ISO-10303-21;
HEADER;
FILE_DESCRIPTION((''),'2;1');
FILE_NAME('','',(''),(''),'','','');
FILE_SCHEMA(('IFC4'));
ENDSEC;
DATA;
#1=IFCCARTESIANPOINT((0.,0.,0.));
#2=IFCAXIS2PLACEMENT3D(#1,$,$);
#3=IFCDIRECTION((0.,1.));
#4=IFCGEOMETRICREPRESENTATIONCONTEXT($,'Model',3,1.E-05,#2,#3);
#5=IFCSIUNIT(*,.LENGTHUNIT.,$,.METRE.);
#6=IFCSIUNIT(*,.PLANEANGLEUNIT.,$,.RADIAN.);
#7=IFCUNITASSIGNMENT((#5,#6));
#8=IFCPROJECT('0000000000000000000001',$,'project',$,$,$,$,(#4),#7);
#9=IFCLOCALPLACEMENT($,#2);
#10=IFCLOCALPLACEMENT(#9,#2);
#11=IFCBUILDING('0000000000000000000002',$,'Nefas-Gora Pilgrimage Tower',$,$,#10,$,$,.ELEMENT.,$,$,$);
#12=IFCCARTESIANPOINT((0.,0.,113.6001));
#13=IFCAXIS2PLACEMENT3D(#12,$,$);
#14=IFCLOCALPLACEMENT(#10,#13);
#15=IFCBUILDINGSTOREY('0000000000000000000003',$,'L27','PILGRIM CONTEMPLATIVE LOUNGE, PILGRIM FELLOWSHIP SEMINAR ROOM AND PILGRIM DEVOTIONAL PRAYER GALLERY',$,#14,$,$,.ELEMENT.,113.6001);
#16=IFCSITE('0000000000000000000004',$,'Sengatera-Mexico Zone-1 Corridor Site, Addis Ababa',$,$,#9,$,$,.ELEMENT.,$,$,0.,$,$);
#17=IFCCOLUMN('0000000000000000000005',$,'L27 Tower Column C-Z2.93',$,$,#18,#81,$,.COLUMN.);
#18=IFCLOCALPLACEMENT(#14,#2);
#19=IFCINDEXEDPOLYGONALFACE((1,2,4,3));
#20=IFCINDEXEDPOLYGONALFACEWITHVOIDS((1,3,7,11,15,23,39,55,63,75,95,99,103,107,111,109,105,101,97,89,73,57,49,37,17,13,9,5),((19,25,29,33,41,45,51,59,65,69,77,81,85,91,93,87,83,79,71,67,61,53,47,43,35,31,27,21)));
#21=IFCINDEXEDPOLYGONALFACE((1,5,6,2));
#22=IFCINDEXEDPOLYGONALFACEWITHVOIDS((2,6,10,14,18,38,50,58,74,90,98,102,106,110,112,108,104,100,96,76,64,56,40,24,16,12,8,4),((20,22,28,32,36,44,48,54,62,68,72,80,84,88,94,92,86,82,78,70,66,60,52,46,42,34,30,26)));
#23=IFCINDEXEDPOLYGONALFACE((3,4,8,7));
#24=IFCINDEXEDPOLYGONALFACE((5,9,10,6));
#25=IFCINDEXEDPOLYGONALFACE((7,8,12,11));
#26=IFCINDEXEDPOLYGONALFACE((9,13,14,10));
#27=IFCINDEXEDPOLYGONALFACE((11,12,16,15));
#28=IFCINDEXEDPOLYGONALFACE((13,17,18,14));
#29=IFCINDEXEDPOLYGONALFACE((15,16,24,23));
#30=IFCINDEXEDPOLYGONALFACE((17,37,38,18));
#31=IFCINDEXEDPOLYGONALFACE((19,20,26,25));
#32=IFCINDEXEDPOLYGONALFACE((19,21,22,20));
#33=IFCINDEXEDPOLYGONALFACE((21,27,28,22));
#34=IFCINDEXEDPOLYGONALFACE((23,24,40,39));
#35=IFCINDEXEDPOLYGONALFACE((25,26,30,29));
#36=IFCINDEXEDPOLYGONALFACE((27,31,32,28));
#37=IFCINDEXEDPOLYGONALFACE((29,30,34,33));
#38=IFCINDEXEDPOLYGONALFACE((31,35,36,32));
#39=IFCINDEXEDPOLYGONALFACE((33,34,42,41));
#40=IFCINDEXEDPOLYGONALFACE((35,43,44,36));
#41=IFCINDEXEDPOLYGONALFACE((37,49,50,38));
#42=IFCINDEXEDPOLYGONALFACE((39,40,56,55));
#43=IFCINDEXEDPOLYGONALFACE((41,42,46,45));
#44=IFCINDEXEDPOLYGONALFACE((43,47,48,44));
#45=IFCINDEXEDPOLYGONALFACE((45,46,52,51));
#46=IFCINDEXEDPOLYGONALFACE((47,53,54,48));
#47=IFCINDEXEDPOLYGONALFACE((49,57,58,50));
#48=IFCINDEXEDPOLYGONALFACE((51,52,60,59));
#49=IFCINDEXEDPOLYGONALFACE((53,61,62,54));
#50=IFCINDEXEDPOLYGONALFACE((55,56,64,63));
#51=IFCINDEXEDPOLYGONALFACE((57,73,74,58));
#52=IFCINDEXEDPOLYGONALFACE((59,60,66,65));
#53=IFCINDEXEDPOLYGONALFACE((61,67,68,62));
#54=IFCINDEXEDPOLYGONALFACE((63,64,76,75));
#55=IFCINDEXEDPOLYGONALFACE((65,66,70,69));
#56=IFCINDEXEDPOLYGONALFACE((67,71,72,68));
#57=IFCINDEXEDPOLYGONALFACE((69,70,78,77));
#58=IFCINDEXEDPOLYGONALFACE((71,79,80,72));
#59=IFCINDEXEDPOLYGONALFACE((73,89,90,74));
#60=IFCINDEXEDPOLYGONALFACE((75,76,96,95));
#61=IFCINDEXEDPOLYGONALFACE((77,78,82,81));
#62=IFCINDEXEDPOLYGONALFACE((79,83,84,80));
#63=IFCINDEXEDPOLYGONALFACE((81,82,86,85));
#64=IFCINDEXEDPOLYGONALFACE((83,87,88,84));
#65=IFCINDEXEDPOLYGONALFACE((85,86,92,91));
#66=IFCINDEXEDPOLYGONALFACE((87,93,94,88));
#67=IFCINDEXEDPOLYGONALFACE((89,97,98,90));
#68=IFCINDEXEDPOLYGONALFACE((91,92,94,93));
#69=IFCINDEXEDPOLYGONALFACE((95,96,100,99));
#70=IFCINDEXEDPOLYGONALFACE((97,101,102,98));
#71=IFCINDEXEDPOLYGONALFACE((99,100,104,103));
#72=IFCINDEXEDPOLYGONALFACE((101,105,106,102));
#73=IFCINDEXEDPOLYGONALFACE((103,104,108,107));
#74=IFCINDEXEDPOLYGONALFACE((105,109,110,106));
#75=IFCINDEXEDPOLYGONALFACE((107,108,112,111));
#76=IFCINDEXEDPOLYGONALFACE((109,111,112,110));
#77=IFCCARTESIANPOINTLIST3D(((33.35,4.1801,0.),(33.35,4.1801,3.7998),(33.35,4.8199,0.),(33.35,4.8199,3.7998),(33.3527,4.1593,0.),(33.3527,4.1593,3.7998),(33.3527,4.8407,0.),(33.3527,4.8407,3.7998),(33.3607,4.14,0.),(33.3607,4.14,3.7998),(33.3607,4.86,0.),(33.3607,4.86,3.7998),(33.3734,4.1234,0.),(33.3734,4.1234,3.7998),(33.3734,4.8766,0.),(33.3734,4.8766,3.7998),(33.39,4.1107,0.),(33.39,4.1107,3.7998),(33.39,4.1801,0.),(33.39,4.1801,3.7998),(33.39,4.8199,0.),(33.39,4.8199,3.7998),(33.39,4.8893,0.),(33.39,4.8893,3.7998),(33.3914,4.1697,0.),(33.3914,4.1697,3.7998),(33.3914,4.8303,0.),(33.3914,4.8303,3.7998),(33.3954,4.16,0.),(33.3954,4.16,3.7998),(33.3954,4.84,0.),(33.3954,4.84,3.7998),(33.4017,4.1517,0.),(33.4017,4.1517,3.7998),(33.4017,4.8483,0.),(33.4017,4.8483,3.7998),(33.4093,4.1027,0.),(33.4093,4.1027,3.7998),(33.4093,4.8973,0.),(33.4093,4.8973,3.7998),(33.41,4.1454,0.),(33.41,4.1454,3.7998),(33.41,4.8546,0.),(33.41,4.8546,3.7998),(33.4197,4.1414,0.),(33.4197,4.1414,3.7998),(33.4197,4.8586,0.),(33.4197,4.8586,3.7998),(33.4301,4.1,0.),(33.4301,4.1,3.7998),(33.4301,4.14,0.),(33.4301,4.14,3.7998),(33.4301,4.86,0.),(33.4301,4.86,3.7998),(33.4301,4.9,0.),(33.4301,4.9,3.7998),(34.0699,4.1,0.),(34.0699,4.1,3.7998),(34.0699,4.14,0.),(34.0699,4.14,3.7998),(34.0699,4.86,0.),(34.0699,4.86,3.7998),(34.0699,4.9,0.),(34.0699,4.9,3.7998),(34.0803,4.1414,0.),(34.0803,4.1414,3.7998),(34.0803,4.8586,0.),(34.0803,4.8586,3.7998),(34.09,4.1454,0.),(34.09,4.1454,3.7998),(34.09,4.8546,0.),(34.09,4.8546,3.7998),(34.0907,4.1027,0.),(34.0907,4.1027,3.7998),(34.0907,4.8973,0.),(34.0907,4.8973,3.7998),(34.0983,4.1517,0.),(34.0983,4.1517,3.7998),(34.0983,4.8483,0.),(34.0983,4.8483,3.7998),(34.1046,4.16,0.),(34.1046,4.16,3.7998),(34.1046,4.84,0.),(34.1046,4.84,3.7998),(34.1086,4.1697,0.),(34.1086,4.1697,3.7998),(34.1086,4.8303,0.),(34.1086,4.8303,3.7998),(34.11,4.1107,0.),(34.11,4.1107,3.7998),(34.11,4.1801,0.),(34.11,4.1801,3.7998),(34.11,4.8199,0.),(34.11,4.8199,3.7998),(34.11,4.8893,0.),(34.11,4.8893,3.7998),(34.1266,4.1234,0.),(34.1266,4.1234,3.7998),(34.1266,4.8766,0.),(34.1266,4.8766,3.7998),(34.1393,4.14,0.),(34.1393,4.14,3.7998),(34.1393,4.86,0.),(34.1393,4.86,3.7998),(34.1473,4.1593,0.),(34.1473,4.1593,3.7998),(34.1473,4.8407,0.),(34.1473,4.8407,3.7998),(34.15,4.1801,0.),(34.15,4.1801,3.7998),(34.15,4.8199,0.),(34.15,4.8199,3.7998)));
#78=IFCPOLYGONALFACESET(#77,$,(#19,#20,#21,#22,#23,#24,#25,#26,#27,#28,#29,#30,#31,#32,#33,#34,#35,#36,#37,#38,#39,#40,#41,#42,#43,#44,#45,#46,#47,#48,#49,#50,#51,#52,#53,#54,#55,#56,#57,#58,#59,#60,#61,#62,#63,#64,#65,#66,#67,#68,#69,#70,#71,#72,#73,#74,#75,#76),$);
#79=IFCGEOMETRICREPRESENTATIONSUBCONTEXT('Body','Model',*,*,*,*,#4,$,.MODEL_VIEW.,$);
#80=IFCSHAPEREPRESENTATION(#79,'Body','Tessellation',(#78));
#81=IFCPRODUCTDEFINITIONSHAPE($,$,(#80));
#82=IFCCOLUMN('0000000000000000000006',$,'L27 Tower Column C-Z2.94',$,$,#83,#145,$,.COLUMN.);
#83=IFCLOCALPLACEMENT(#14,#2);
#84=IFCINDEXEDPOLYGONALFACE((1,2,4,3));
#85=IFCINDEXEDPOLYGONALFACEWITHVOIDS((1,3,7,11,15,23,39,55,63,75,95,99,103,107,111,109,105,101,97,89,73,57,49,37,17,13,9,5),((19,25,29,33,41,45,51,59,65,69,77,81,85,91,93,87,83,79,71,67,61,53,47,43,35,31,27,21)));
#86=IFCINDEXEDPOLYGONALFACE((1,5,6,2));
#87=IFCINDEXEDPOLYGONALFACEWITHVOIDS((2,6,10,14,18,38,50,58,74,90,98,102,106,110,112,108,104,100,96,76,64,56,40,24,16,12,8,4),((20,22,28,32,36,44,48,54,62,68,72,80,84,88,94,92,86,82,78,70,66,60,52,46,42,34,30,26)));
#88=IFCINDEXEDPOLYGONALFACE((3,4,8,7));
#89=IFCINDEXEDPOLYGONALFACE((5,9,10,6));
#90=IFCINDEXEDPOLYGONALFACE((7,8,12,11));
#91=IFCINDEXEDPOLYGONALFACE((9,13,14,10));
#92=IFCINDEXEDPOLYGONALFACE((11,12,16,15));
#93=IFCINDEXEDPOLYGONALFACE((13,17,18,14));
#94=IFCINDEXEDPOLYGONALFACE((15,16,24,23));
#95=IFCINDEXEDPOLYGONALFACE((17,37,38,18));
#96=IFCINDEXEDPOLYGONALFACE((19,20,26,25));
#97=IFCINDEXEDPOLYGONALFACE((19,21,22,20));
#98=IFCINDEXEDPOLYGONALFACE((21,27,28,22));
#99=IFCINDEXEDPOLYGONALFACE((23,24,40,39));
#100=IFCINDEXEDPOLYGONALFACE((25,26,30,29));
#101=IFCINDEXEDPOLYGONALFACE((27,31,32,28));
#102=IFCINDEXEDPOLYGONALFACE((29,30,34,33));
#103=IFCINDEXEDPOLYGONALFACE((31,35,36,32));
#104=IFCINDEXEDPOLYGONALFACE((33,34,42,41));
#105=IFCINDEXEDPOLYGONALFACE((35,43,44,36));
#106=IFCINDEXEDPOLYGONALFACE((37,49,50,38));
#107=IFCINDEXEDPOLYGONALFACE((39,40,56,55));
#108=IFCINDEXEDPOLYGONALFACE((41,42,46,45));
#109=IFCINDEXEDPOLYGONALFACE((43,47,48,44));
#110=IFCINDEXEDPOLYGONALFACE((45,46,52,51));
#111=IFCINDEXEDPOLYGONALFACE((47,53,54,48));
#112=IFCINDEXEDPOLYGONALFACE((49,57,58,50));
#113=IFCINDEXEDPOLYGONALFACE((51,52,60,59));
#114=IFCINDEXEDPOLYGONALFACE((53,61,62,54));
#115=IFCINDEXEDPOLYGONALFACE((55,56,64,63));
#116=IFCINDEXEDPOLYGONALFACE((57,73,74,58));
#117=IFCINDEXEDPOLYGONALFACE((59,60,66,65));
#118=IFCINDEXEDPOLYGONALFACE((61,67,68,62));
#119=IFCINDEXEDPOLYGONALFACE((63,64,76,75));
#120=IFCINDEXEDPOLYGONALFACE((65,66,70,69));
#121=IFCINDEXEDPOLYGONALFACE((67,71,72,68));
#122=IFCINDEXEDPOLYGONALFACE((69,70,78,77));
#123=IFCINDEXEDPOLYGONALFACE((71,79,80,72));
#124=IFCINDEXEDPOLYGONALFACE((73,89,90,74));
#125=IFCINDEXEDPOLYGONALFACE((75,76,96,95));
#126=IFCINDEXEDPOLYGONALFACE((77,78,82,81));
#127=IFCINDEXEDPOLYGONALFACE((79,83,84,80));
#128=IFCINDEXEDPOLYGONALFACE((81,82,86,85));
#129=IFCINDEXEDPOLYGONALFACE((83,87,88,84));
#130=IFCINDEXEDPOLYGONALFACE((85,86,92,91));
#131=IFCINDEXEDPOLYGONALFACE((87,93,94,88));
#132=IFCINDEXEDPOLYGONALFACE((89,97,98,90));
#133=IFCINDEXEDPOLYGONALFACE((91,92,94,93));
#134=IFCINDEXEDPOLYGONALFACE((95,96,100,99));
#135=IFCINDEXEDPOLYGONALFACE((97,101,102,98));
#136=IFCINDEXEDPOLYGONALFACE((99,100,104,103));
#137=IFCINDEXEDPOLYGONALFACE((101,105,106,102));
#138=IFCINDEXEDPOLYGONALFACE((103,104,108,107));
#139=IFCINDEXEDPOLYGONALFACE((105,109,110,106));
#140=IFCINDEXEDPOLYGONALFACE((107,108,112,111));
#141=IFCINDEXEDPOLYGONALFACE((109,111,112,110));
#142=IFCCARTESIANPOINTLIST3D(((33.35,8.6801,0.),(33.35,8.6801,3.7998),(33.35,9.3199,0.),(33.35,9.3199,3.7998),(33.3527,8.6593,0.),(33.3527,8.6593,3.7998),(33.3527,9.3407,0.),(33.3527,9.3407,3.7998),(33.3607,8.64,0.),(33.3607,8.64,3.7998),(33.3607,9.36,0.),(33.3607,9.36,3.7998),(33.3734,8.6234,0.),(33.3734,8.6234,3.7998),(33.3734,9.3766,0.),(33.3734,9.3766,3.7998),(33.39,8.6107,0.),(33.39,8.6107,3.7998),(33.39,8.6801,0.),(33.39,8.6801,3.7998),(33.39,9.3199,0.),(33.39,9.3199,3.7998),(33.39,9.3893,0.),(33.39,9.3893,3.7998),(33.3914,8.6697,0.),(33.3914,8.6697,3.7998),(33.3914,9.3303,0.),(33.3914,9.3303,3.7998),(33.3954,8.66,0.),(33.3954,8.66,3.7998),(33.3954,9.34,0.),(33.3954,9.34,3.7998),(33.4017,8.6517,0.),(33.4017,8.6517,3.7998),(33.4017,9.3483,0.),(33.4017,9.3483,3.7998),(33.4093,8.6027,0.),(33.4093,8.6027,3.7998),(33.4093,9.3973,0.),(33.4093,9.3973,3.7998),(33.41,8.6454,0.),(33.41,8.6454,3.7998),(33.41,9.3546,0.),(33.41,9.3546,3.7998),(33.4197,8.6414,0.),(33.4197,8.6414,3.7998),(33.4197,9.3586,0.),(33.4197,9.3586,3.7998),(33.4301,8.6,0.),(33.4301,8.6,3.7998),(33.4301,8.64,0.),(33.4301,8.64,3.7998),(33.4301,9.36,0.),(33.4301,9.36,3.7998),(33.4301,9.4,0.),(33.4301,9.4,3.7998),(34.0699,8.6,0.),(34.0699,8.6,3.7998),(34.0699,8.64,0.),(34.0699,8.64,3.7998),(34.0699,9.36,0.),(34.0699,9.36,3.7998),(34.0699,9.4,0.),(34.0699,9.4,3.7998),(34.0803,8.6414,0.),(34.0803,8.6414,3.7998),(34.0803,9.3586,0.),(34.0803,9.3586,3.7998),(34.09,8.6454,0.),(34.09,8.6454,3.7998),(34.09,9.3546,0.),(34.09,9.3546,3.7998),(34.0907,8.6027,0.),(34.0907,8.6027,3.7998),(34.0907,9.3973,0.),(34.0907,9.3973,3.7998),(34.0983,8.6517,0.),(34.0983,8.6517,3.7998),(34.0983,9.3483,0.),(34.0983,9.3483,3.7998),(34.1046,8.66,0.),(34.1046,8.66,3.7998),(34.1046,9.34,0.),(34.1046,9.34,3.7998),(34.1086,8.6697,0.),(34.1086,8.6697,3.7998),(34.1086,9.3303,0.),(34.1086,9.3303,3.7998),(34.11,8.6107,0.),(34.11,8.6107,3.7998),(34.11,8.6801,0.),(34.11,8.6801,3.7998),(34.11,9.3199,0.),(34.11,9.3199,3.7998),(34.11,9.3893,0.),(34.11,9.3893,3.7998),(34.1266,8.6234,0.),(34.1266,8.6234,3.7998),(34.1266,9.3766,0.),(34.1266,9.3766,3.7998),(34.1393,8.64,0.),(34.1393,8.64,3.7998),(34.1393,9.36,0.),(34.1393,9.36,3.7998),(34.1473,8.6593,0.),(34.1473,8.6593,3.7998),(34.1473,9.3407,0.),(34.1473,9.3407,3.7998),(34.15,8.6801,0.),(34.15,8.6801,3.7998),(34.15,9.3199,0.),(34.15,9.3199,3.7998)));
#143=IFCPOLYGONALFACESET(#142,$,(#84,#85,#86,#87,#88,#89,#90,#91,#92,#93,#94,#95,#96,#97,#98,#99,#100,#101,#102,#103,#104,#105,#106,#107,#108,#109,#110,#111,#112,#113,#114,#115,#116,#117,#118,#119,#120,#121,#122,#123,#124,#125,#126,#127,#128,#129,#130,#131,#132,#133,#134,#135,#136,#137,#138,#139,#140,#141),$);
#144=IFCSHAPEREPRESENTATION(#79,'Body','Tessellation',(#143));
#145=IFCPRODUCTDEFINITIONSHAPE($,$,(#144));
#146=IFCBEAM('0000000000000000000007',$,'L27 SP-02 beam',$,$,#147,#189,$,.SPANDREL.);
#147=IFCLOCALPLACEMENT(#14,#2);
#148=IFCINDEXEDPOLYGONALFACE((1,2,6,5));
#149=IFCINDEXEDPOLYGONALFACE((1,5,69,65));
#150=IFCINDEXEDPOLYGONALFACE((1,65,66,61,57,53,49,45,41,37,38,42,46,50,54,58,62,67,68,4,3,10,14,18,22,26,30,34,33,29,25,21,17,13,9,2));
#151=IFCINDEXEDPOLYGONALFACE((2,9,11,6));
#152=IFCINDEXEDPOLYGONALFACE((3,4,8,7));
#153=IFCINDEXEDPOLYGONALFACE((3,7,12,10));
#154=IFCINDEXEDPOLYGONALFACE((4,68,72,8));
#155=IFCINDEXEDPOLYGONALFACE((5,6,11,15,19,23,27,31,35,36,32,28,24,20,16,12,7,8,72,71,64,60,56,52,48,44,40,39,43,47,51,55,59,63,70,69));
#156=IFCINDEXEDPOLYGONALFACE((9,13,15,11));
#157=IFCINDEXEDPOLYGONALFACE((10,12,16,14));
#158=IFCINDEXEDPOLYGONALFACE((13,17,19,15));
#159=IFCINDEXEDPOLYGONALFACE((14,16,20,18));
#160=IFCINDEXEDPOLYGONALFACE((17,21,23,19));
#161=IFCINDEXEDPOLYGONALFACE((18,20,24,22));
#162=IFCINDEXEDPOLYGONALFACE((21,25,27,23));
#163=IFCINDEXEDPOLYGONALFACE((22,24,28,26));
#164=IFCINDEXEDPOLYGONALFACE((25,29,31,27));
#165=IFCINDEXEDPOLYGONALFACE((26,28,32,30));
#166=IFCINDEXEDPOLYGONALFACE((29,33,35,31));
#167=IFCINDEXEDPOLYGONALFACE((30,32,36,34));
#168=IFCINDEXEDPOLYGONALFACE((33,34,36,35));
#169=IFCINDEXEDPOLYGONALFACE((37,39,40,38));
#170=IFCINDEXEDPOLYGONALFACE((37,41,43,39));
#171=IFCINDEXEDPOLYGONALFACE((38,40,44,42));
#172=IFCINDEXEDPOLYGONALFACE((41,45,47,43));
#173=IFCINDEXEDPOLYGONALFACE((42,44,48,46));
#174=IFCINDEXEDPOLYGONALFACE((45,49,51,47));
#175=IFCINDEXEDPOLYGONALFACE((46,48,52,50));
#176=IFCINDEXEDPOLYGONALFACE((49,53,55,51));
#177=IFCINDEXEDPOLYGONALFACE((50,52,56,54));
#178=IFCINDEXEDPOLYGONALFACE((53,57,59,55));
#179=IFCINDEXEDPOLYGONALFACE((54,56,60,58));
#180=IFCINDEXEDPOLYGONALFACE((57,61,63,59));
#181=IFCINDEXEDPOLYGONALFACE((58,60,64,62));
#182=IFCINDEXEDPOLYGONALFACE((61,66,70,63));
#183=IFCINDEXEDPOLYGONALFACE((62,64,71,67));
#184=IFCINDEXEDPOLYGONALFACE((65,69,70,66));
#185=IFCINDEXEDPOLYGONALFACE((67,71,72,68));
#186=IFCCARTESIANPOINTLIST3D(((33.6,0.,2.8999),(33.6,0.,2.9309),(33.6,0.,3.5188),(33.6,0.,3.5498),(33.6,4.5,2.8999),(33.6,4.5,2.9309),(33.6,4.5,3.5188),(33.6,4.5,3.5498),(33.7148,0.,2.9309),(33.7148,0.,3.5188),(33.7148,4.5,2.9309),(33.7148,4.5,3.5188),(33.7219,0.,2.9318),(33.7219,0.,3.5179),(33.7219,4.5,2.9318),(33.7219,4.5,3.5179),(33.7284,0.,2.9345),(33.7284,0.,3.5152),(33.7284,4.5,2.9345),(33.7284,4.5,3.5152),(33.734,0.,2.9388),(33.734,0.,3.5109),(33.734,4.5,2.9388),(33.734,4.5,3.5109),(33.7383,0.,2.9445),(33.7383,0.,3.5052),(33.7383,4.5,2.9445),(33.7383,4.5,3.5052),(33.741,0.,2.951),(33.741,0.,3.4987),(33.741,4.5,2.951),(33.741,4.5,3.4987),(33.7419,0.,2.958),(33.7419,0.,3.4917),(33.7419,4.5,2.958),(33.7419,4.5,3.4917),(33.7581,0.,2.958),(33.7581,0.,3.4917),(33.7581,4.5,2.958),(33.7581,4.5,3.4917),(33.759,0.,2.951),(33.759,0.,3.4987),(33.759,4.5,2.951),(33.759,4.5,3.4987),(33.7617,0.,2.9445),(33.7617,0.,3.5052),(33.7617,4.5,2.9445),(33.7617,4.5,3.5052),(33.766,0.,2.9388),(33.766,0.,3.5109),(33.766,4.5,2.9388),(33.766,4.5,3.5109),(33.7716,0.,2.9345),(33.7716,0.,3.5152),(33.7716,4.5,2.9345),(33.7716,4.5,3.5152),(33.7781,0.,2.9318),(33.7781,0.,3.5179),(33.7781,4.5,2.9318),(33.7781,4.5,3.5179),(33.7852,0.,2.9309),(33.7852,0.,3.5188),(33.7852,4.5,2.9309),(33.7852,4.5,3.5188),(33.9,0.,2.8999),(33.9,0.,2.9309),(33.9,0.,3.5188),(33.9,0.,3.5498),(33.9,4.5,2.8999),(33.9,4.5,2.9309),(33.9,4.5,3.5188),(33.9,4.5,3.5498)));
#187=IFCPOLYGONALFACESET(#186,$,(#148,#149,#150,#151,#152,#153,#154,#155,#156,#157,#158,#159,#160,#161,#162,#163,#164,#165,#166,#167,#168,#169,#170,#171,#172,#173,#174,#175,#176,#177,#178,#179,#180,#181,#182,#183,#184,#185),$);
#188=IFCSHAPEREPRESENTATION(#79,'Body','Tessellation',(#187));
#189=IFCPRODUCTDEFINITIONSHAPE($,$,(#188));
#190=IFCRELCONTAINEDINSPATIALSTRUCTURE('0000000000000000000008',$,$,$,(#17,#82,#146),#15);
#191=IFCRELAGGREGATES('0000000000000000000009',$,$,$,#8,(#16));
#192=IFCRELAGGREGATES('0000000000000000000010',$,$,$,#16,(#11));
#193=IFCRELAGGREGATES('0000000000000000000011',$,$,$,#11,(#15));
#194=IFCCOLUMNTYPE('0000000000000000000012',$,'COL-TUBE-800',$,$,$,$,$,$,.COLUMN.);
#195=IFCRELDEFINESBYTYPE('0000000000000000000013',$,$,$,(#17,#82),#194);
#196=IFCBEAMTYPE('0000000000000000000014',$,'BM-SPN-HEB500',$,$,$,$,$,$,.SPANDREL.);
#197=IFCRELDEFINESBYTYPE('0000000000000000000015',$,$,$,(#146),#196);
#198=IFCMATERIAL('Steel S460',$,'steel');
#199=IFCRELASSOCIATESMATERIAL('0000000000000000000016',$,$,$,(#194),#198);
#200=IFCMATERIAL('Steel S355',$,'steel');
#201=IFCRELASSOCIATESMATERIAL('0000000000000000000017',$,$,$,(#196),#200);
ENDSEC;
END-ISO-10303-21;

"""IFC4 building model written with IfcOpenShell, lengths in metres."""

from ifc_helpers import new_model, si_unit, direction, frame, origin, origin_2d, place, context, subcontext, project, spatial, hollow_rectangle, i_section, extrude, source, transform, mapped, material, material_profile, profile_set, type_object, element, save


model = new_model("IFC4")

# Units and contexts
model_context = context("Model", 3, precision=1e-05, world=origin(), true_north=direction((0.0, 1.0)))
body_context = subcontext(model_context, "Body", "Model", "MODEL_VIEW")
ifc_project = project(units=[si_unit("LENGTHUNIT", "METRE"), si_unit("PLANEANGLEUNIT", "RADIAN")], contexts=[model_context])

# Site, building, storey
site_placement = place(None, origin())
site = spatial("IfcSite", under=ifc_project, at=site_placement, Name="Sengatera-Mexico Zone-1 Corridor Site, Addis Ababa", CompositionType="ELEMENT", RefElevation=0.0)
building_placement = place(site_placement, origin())
building = spatial("IfcBuilding", under=site, at=building_placement, Name="Nefas-Gora Pilgrimage Tower", CompositionType="ELEMENT")
storey_placement = place(building_placement, frame((0.0, 0.0, 113.6001)))
storey = spatial("IfcBuildingStorey", under=building, at=storey_placement, Name="L27", Description="PILGRIM CONTEMPLATIVE LOUNGE, PILGRIM FELLOWSHIP SEMINAR ROOM AND PILGRIM DEVOTIONAL PRAYER GALLERY", CompositionType="ELEMENT", Elevation=113.6001)

# Columns
ifc_material_1 = material(Name="Steel S460", Category="steel")
ifc_material_profile_1 = material_profile(ifc_material_1, hollow_rectangle(XDim=0.8, YDim=0.8, WallThickness=0.04, InnerFilletRadius=0.04, OuterFilletRadius=0.0801, at=origin_2d()), Name="BOX 800x800x40")
ifc_profile_set_1 = profile_set([ifc_material_profile_1], Name="Steel S460")
column_type_1 = type_object("IfcColumnType", Name="COL-TUBE-800", PredefinedType="COLUMN", material=ifc_profile_set_1)
shared_shape_1 = source(origin(), body_context, "Body", "SweptSolid", [
    extrude(hollow_rectangle(XDim=0.8, YDim=0.8, WallThickness=0.04, InnerFilletRadius=0.04, OuterFilletRadius=0.0801, at=origin_2d()), origin(), (0.0, 0.0, 1.0), 3.7998),
])
for number, where, z_axis, x_axis, name in (
    (1, (33.75, 4.5, 0.0), (0.0, 0.0, 1.0), (1.0, 0.0, 0.0), "L27 Tower Column C-Z2.93"),
    (2, (33.75, 9.0, 0.0), (0.0, 0.0, 1.0), (1.0, 0.0, 0.0), "L27 Tower Column C-Z2.94"),
):
    element("IfcColumn", number, at=place(storey_placement, frame(where, z_axis=z_axis, x_axis=x_axis)), inside=storey, type_object=column_type_1, Name=name, PredefinedType="COLUMN", context=body_context, shape_type="MappedRepresentation", body=[
        mapped(shared_shape_1, transform((0.0, 0.0, 0.0), x_axis=(1.0, 0.0, 0.0), y_axis=(0.0, 1.0, 0.0), z_axis=(0.0, 0.0, 1.0), scale=1.0)),
    ])

# Beam
ifc_material_2 = material(Name="Steel S355", Category="steel")
ifc_material_profile_2 = material_profile(ifc_material_2, i_section(OverallWidth=0.3, OverallDepth=0.6499, WebThickness=0.0161, FlangeThickness=0.031, FilletRadius=0.0271, at=origin_2d()), Name="HEB 650")
ifc_profile_set_2 = profile_set([ifc_material_profile_2], Name="Steel S355")
beam_type_1 = type_object("IfcBeamType", Name="BM-SPN-HEB500", PredefinedType="SPANDREL", material=ifc_profile_set_2)
shared_shape_2 = source(origin(), body_context, "Body", "SweptSolid", [
    extrude(i_section(OverallWidth=0.3, OverallDepth=0.6499, WebThickness=0.0161, FlangeThickness=0.031, FilletRadius=0.0271, at=origin_2d()), origin(), (0.0, 0.0, 1.0), 4.5),
])
for number, where, z_axis, x_axis, name in (
    (3, (33.75, 0.0, 3.2249), (0.0, 1.0, 0.0), (-1.0, 0.0, 0.0), "L27 SP-02 beam"),
):
    element("IfcBeam", number, at=place(storey_placement, frame(where, z_axis=z_axis, x_axis=x_axis)), inside=storey, type_object=beam_type_1, Name=name, PredefinedType="SPANDREL", context=body_context, shape_type="MappedRepresentation", body=[
        mapped(shared_shape_2, transform((0.0, 0.0, 0.0), x_axis=(1.0, 0.0, 0.0), y_axis=(0.0, 1.0, 0.0), z_axis=(0.0, 0.0, 1.0), scale=1.0)),
    ])

save(model, "model.ifc")
